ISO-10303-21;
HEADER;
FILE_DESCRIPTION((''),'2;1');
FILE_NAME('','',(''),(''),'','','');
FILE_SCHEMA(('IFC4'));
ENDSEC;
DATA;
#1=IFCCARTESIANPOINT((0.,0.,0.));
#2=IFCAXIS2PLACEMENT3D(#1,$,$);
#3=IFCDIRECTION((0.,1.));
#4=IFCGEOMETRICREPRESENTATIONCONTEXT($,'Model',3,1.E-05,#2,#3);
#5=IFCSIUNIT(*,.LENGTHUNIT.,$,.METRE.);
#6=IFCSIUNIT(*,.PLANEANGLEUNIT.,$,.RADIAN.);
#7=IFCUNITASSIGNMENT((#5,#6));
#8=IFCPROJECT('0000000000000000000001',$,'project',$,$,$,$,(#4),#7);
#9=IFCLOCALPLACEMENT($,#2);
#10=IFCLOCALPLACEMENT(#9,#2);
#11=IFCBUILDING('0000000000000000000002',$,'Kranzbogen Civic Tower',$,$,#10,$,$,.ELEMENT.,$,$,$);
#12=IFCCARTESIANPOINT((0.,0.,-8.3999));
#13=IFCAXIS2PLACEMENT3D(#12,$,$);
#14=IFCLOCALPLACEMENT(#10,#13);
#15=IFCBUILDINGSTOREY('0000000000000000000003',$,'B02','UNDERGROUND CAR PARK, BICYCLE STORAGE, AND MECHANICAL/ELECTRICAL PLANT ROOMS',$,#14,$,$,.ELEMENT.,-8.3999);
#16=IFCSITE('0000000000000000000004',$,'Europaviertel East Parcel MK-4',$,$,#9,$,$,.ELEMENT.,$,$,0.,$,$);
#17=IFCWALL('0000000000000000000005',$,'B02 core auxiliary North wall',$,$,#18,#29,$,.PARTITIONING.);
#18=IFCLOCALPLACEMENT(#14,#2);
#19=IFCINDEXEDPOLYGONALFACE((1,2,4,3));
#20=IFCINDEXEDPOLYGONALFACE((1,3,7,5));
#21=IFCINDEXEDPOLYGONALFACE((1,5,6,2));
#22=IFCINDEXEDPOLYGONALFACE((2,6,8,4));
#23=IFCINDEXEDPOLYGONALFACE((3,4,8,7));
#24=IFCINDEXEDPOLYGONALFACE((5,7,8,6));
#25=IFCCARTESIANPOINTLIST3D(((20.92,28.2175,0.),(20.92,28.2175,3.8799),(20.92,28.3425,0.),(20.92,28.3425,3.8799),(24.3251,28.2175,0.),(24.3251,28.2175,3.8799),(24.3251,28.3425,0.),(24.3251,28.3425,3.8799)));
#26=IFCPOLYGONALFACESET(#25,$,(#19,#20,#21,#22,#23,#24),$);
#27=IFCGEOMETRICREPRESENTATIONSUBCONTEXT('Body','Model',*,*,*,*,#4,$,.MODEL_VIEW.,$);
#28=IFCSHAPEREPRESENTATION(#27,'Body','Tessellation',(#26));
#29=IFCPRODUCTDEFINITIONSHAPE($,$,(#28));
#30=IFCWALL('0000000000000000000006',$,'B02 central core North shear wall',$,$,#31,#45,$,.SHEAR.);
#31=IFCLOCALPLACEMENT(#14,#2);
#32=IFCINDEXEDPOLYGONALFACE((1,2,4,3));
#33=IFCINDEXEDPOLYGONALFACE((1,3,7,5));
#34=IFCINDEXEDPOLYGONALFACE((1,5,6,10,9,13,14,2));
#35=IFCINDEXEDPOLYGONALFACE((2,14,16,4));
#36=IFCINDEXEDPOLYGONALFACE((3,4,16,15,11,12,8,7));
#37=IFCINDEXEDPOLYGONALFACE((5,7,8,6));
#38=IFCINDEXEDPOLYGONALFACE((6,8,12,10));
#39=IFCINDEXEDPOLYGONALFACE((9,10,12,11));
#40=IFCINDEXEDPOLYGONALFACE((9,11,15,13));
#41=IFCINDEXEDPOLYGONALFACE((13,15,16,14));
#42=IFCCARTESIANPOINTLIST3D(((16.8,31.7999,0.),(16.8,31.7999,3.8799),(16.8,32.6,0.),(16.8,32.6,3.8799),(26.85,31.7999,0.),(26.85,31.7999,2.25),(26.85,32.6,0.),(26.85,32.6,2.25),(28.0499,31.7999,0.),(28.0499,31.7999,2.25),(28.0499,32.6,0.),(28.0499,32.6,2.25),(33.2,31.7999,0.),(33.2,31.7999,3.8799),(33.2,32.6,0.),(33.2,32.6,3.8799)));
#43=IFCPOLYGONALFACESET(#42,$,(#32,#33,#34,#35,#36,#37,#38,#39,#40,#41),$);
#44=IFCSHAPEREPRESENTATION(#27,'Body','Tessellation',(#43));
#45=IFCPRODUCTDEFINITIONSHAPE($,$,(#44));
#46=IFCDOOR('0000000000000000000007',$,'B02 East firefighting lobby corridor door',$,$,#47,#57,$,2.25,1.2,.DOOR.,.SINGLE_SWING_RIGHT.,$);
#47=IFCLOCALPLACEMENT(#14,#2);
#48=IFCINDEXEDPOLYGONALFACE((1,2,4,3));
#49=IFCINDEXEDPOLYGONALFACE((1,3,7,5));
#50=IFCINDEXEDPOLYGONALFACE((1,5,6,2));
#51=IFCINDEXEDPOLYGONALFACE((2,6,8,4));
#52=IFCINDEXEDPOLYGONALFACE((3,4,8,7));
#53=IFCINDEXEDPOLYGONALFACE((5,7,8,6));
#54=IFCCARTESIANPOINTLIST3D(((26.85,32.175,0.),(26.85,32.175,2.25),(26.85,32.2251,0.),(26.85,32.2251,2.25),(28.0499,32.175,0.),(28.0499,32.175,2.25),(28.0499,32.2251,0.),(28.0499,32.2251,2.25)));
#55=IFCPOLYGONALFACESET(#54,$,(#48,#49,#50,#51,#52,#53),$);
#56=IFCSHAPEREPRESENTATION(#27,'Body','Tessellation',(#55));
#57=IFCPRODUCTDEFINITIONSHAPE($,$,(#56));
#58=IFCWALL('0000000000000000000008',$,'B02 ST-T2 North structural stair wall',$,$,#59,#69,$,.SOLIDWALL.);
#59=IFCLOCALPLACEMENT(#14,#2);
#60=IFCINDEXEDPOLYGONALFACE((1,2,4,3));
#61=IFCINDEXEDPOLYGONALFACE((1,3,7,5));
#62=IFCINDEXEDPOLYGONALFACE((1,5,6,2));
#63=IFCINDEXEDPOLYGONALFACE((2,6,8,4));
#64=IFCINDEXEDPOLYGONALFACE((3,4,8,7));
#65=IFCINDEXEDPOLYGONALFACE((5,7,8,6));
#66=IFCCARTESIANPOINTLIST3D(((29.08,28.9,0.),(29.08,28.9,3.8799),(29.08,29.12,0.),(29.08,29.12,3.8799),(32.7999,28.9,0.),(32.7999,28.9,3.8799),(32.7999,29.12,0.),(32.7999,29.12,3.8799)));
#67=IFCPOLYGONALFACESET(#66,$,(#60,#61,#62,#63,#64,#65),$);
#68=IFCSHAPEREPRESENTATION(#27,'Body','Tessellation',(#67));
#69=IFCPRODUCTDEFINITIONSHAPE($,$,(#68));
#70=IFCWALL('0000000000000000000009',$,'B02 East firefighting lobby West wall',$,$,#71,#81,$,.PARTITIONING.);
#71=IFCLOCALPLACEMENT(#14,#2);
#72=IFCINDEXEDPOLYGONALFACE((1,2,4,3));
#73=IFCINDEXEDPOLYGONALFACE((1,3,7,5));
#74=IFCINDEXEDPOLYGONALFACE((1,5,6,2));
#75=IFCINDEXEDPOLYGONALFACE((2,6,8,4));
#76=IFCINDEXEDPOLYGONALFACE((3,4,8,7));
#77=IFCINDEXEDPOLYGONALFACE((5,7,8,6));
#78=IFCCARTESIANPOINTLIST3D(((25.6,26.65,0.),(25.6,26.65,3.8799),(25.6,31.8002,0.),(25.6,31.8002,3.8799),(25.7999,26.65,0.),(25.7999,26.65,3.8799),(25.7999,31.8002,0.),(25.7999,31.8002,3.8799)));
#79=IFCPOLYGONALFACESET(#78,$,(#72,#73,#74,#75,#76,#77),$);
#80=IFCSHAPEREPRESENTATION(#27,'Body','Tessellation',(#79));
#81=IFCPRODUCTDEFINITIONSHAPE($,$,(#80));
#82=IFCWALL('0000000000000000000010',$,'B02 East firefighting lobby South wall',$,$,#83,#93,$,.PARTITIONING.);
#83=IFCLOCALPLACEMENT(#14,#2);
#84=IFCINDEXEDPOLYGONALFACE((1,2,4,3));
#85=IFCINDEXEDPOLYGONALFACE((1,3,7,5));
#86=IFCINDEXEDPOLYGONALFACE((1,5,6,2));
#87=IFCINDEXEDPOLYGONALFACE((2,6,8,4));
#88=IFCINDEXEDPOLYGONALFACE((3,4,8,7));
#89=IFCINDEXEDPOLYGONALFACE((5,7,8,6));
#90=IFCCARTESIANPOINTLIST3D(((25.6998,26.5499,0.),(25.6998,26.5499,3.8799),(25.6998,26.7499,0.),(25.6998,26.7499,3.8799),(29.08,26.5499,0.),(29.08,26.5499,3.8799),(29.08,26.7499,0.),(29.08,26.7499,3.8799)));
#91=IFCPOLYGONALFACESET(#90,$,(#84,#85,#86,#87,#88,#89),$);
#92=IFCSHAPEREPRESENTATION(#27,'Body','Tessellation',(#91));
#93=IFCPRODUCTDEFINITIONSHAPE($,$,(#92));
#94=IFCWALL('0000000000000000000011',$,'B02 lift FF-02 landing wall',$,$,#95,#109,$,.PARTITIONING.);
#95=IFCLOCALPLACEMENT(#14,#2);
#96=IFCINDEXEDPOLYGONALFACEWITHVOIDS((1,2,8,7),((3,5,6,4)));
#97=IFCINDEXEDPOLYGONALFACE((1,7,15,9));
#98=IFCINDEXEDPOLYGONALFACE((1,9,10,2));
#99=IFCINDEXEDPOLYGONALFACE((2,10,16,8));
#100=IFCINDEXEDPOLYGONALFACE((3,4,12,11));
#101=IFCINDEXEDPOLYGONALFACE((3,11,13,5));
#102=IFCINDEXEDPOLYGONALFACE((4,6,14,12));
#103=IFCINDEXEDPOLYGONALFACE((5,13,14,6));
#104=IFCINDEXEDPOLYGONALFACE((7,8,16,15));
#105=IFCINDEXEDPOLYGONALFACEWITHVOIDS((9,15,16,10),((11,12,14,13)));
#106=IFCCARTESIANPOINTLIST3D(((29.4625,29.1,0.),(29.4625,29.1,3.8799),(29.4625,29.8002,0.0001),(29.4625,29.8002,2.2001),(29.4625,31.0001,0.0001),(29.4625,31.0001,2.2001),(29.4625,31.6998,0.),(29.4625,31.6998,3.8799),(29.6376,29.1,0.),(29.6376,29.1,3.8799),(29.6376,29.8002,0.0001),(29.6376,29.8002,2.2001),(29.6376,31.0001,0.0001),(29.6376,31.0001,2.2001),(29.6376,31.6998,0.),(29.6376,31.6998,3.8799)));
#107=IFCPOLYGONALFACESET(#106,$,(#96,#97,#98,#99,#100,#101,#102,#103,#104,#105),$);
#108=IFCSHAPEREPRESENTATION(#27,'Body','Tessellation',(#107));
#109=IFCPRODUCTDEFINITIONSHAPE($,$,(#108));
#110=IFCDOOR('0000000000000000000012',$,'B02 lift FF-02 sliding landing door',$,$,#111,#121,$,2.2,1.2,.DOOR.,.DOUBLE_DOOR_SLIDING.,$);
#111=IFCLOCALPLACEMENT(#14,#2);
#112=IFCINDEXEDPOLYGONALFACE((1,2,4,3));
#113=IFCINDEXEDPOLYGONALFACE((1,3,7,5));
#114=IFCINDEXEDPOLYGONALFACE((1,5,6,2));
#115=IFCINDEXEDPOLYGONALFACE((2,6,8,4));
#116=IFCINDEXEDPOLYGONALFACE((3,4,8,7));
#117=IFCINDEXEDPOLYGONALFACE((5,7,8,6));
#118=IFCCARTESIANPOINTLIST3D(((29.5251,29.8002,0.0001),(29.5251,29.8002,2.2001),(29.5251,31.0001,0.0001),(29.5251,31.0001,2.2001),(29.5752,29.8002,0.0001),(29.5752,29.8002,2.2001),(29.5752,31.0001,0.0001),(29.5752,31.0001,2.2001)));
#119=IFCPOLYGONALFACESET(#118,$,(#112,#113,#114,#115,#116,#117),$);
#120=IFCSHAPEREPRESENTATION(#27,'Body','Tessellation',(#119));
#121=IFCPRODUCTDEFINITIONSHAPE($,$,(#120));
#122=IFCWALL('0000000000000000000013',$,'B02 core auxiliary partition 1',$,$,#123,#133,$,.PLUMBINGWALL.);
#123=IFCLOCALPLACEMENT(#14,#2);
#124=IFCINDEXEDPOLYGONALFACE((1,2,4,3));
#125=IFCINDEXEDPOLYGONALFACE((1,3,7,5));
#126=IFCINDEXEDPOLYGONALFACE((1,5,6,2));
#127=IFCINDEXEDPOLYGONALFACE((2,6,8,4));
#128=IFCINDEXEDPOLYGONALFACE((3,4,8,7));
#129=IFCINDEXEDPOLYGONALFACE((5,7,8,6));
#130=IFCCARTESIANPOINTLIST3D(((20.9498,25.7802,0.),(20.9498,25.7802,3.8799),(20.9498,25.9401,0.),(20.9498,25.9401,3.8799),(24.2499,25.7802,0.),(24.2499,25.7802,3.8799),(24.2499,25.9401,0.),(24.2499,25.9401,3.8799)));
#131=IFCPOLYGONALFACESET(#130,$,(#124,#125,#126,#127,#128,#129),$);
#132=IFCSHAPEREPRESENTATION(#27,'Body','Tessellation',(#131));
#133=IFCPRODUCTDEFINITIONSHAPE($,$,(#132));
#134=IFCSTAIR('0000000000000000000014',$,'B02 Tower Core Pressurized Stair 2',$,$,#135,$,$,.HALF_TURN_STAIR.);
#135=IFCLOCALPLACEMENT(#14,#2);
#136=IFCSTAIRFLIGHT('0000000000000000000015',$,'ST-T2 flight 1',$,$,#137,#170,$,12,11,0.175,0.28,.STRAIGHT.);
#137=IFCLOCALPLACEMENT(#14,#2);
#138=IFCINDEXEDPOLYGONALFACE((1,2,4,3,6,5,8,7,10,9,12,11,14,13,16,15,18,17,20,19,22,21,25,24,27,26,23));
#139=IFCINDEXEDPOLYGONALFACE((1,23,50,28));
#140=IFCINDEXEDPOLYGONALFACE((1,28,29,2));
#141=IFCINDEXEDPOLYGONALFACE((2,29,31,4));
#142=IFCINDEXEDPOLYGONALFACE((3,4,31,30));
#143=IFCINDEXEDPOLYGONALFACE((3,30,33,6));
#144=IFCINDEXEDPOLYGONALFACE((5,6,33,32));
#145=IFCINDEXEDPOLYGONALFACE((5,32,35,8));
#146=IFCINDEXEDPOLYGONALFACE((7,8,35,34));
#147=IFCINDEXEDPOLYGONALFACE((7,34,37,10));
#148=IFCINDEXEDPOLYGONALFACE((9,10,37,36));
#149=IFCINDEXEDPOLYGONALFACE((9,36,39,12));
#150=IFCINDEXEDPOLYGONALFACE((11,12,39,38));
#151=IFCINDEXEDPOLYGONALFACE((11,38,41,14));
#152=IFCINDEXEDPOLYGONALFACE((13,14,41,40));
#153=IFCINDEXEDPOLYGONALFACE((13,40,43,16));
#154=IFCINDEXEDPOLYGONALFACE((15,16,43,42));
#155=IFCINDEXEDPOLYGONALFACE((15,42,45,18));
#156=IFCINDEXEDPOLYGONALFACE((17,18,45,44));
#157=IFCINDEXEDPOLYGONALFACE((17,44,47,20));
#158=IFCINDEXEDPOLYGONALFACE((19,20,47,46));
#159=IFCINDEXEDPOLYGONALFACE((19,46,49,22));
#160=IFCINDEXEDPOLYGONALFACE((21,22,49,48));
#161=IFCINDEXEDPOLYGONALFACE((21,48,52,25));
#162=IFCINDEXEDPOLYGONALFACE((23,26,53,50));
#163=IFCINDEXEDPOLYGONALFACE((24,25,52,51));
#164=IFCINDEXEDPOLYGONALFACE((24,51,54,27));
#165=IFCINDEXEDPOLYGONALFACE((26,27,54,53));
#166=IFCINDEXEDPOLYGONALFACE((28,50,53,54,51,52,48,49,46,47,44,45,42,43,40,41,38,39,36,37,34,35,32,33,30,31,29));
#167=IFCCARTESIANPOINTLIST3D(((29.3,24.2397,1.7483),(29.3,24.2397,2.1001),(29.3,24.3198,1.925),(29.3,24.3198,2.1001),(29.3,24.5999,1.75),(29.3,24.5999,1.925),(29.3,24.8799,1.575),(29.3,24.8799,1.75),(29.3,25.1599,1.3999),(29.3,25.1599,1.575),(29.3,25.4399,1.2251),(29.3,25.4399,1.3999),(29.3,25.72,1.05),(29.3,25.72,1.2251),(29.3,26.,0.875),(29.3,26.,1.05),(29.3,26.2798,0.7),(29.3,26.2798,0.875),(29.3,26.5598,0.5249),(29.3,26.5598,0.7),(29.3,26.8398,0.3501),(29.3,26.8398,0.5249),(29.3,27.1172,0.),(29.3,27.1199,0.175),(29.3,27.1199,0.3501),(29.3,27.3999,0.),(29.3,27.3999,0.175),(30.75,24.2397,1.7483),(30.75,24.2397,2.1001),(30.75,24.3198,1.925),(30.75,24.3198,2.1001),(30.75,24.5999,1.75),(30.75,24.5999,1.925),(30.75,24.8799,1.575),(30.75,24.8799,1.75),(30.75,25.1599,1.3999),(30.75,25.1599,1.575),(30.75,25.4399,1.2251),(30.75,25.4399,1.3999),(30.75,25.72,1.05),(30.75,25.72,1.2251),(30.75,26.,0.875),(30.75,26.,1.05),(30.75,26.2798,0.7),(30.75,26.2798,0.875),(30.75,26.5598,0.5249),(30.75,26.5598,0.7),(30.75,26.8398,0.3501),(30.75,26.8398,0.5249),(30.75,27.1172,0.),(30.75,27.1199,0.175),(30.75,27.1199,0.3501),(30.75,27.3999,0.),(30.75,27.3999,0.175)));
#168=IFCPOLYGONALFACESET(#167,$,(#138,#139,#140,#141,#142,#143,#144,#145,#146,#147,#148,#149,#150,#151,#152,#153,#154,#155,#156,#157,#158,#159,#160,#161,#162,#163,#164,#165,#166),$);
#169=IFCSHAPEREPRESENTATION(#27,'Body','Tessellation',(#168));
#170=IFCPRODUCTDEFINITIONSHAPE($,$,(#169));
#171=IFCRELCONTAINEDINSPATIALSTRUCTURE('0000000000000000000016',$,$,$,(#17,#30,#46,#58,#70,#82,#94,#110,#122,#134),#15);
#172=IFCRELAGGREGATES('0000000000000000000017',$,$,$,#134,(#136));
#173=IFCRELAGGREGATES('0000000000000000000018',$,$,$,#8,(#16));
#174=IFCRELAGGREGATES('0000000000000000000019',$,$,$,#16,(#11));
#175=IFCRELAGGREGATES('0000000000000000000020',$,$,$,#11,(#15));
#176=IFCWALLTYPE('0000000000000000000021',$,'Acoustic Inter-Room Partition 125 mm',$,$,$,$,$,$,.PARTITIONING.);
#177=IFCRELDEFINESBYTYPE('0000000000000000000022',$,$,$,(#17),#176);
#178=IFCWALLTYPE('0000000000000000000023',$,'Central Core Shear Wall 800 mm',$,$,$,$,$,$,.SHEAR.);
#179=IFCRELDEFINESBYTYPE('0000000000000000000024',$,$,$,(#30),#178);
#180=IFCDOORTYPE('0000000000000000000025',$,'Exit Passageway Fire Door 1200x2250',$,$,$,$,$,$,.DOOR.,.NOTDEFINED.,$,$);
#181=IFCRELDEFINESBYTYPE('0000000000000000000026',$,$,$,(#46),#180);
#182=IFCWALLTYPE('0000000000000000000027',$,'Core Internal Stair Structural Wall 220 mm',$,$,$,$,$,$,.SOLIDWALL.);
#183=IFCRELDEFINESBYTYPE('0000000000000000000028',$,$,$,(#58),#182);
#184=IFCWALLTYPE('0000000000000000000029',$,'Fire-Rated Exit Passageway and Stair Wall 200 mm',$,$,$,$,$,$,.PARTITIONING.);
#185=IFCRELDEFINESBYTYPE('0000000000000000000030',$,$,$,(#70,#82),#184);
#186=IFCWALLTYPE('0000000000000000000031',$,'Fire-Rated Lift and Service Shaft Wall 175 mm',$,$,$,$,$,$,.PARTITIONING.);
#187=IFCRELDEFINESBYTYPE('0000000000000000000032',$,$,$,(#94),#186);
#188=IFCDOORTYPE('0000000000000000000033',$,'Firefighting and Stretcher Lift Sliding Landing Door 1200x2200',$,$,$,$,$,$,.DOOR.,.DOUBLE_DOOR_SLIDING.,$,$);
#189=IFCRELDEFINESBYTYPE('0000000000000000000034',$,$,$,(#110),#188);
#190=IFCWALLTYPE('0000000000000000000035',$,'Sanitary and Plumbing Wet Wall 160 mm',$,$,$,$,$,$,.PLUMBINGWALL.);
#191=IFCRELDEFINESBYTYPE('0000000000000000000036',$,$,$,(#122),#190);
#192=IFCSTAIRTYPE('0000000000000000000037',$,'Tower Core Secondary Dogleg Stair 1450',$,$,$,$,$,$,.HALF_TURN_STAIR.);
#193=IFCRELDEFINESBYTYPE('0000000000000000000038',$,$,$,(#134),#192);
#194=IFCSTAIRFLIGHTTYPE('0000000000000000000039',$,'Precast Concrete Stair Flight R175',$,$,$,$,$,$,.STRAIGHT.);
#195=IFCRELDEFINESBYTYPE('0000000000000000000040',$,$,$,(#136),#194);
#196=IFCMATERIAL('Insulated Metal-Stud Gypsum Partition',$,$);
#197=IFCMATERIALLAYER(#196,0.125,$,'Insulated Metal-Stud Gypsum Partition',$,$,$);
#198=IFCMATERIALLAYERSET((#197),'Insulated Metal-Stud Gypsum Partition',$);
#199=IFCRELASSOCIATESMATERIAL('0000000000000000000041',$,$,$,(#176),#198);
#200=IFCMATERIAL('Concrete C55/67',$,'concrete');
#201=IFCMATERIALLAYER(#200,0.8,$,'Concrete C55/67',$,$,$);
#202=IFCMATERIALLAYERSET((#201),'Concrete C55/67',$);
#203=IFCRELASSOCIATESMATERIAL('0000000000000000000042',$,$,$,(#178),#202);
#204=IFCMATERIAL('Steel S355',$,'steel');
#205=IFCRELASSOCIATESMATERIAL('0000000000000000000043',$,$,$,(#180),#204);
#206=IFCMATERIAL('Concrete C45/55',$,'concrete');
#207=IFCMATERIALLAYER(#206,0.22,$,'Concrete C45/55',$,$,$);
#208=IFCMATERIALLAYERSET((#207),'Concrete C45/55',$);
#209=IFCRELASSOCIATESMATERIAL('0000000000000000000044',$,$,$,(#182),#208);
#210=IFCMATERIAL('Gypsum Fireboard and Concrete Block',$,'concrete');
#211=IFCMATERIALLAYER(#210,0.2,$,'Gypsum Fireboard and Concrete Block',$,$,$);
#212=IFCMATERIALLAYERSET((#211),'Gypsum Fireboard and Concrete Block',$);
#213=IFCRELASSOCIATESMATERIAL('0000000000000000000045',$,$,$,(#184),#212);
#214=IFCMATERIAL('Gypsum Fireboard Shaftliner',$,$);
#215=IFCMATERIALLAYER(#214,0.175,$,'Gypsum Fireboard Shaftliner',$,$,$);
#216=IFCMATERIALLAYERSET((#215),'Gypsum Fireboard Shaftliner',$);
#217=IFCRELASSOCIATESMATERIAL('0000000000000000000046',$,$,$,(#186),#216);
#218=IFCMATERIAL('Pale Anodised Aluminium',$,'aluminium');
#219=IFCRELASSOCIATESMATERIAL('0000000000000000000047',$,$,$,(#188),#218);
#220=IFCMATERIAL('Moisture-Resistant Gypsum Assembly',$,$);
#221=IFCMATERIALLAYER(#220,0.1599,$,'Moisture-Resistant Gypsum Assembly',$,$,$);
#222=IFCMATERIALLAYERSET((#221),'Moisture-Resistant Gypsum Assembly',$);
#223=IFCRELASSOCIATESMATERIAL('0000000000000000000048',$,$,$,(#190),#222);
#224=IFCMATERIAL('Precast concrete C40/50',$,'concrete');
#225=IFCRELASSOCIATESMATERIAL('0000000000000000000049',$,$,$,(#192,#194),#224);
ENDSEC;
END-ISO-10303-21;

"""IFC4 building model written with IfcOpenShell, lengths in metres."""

from ifc_helpers import new_model, si_unit, direction, frame, frame_2d, origin, place, context, subcontext, project, spatial, polyline, rectangle, outline, extrude, material, layer, layer_set, type_object, element, fill, aggregate, save


model = new_model("IFC4")

# Units and contexts
model_context = context("Model", 3, precision=1e-05, world=origin(), true_north=direction((0.0, 1.0)))
body_context = subcontext(model_context, "Body", "Model", "MODEL_VIEW")
ifc_project = project(units=[si_unit("LENGTHUNIT", "METRE"), si_unit("PLANEANGLEUNIT", "RADIAN")], contexts=[model_context])

# Site, building, storey
site_placement = place(None, origin())
site = spatial("IfcSite", under=ifc_project, at=site_placement, Name="Europaviertel East Parcel MK-4", CompositionType="ELEMENT", RefElevation=0.0)
building_placement = place(site_placement, origin())
building = spatial("IfcBuilding", under=site, at=building_placement, Name="Kranzbogen Civic Tower", CompositionType="ELEMENT")
storey_placement = place(building_placement, frame((0.0, 0.0, -8.3999)))
storey = spatial("IfcBuildingStorey", under=building, at=storey_placement, Name="B02", Description="UNDERGROUND CAR PARK, BICYCLE STORAGE, AND MECHANICAL/ELECTRICAL PLANT ROOMS", CompositionType="ELEMENT", Elevation=-8.3999)

# Shared definitions
ifc_material_1 = material(Name="Concrete C45/55", Category="concrete")

# Shared definitions
ifc_material_2 = material(Name="Concrete C55/67", Category="concrete")

# Shared definitions
ifc_material_3 = material(Name="Steel S355", Category="steel")

# Wall
ifc_material_4 = material(Name="Insulated Metal-Stud Gypsum Partition")
ifc_layer_1 = layer(ifc_material_4, 0.125, Name="Insulated Metal-Stud Gypsum Partition")
ifc_layer_set_1 = layer_set([ifc_layer_1], Name="Insulated Metal-Stud Gypsum Partition")
wall_type_1 = type_object("IfcWallType", Name="Acoustic Inter-Room Partition 125 mm", PredefinedType="PARTITIONING", material=ifc_layer_set_1)
wall_1_placement = place(storey_placement, frame((20.9199, 28.28, 0.0), z_axis=(0.0, 0.0, 1.0), x_axis=(1.0, 0.0, 0.0)))
element("IfcWall", 1, at=wall_1_placement, inside=storey, type_object=wall_type_1, Name="B02 core auxiliary North wall", PredefinedType="PARTITIONING", context=body_context, shape_type="SweptSolid", body=[
    extrude(rectangle(XDim=3.405, YDim=0.125, at=frame_2d((1.7026, 0.0))), origin(), (0.0, 0.0, 1.0), 3.8799),
])

# Wall, opening, door
ifc_layer_2 = layer(ifc_material_2, 0.8, Name="Concrete C55/67")
ifc_layer_set_2 = layer_set([ifc_layer_2], Name="Concrete C55/67")
wall_type_2 = type_object("IfcWallType", Name="Central Core Shear Wall 800 mm", PredefinedType="SHEAR", material=ifc_layer_set_2)
wall_2_placement = place(storey_placement, frame((33.2, 32.2, 0.0), z_axis=(0.0, 0.0, 1.0), x_axis=(-1.0, 0.0, 0.0)))
wall_2 = element("IfcWall", 2, at=wall_2_placement, inside=storey, type_object=wall_type_2, Name="B02 central core North shear wall", PredefinedType="SHEAR", context=body_context, shape_type="SweptSolid", body=[
    extrude(rectangle(XDim=16.3999, YDim=0.8, at=frame_2d((8.2, 0.0))), origin(), (0.0, 0.0, 1.0), 3.8799),
])
opening_1_placement = place(wall_2_placement, frame((5.1499, 0.0, 0.0)))
opening_1 = element("IfcOpeningElement", 3, at=opening_1_placement, cuts=wall_2, PredefinedType="OPENING", context=body_context, shape_type="SweptSolid", body=[
    extrude(rectangle(XDim=1.2, YDim=2.25, at=frame_2d((0.6001, 1.125))), frame((0.0, 0.4102, 0.0), z_axis=(0.0, -1.0, 0.0), x_axis=(1.0, 0.0, 0.0)), (0.0, 0.0, 1.0), 0.8201),
])
door_type_1 = type_object("IfcDoorType", Name="Exit Passageway Fire Door 1200x2250", OperationType="NOTDEFINED", PredefinedType="DOOR", material=ifc_material_3)
door_1_placement = place(opening_1_placement, origin())
door_1 = element("IfcDoor", 4, at=door_1_placement, inside=storey, type_object=door_type_1, Name="B02 East firefighting lobby corridor door", OperationType="SINGLE_SWING_RIGHT", OverallHeight=2.25, OverallWidth=1.2, PredefinedType="DOOR", context=body_context, shape_type="SweptSolid", body=[
    extrude(rectangle(XDim=1.2, YDim=2.25, at=frame_2d((0.6001, 1.125))), frame((0.0, 0.0249, 0.0), z_axis=(0.0, -1.0, 0.0), x_axis=(1.0, 0.0, 0.0)), (0.0, 0.0, 1.0), 0.05),
])
fill(opening_1, door_1)

# Walls
ifc_layer_3 = layer(ifc_material_1, 0.22, Name="Concrete C45/55")
ifc_layer_set_3 = layer_set([ifc_layer_3], Name="Concrete C45/55")
wall_type_3 = type_object("IfcWallType", Name="Core Internal Stair Structural Wall 220 mm", PredefinedType="SOLIDWALL", material=ifc_layer_set_3)
wall_3_placement = place(storey_placement, frame((29.0801, 29.01, 0.0), z_axis=(0.0, 0.0, 1.0), x_axis=(1.0, 0.0, 0.0)))
element("IfcWall", 5, at=wall_3_placement, inside=storey, type_object=wall_type_3, Name="B02 ST-T2 North structural stair wall", PredefinedType="SOLIDWALL", context=body_context, shape_type="SweptSolid", body=[
    extrude(rectangle(XDim=3.72, YDim=0.22, at=frame_2d((1.8599, 0.0))), origin(), (0.0, 0.0, 1.0), 3.8799),
])
ifc_material_5 = material(Name="Gypsum Fireboard and Concrete Block", Category="concrete")
ifc_layer_4 = layer(ifc_material_5, 0.2, Name="Gypsum Fireboard and Concrete Block")
ifc_layer_set_4 = layer_set([ifc_layer_4], Name="Gypsum Fireboard and Concrete Block")
wall_type_4 = type_object("IfcWallType", Name="Fire-Rated Exit Passageway and Stair Wall 200 mm", PredefinedType="PARTITIONING", material=ifc_layer_set_4)
wall_4_placement = place(storey_placement, frame((25.7, 26.6499, 0.0), z_axis=(0.0, 0.0, 1.0), x_axis=(0.0, 1.0, 0.0)))
element("IfcWall", 6, at=wall_4_placement, inside=storey, type_object=wall_type_4, Name="B02 East firefighting lobby West wall", PredefinedType="PARTITIONING", context=body_context, shape_type="SweptSolid", body=[
    extrude(rectangle(XDim=5.1501, YDim=0.2, at=frame_2d((2.5752, 0.0))), origin(), (0.0, 0.0, 1.0), 3.8799),
])
wall_5_placement = place(storey_placement, frame((25.7, 26.6499, 0.0), z_axis=(0.0, 0.0, 1.0), x_axis=(1.0, 0.0, 0.0)))
element("IfcWall", 7, at=wall_5_placement, inside=storey, type_object=wall_type_4, Name="B02 East firefighting lobby South wall", PredefinedType="PARTITIONING", context=body_context, shape_type="SweptSolid", body=[
    extrude(rectangle(XDim=3.3801, YDim=0.2, at=frame_2d((1.6899, 0.0))), origin(), (0.0, 0.0, 1.0), 3.8799),
])

# Wall, opening, door
ifc_material_6 = material(Name="Gypsum Fireboard Shaftliner")
ifc_layer_5 = layer(ifc_material_6, 0.175, Name="Gypsum Fireboard Shaftliner")
ifc_layer_set_5 = layer_set([ifc_layer_5], Name="Gypsum Fireboard Shaftliner")
wall_type_5 = type_object("IfcWallType", Name="Fire-Rated Lift and Service Shaft Wall 175 mm", PredefinedType="PARTITIONING", material=ifc_layer_set_5)
wall_6_placement = place(storey_placement, frame((29.55, 29.1001, 0.0), z_axis=(0.0, 0.0, 1.0), x_axis=(0.0, 1.0, 0.0)))
wall_6 = element("IfcWall", 8, at=wall_6_placement, inside=storey, type_object=wall_type_5, Name="B02 lift FF-02 landing wall", PredefinedType="PARTITIONING", context=body_context, shape_type="SweptSolid", body=[
    extrude(rectangle(XDim=2.5999, YDim=0.175, at=frame_2d((1.2998, 0.0))), origin(), (0.0, 0.0, 1.0), 3.8799),
])
opening_2_placement = place(wall_6_placement, frame((0.7, 0.0, 0.0)))
opening_2 = element("IfcOpeningElement", 9, at=opening_2_placement, cuts=wall_6, PredefinedType="OPENING", context=body_context, shape_type="SweptSolid", body=[
    extrude(rectangle(XDim=1.2, YDim=2.2, at=frame_2d((0.6001, 1.1001))), frame((0.0, 0.0977, 0.0), z_axis=(0.0, -1.0, 0.0), x_axis=(1.0, 0.0, 0.0)), (0.0, 0.0, 1.0), 0.1951),
])
ifc_material_7 = material(Name="Pale Anodised Aluminium", Category="aluminium")
door_type_2 = type_object("IfcDoorType", Name="Firefighting and Stretcher Lift Sliding Landing Door 1200x2200", OperationType="DOUBLE_DOOR_SLIDING", PredefinedType="DOOR", material=ifc_material_7)
door_2_placement = place(opening_2_placement, origin())
door_2 = element("IfcDoor", 10, at=door_2_placement, inside=storey, type_object=door_type_2, Name="B02 lift FF-02 sliding landing door", OperationType="DOUBLE_DOOR_SLIDING", OverallHeight=2.2, OverallWidth=1.2, PredefinedType="DOOR", context=body_context, shape_type="SweptSolid", body=[
    extrude(rectangle(XDim=1.2, YDim=2.2, at=frame_2d((0.6001, 1.1001))), frame((0.0, 0.0249, 0.0), z_axis=(0.0, -1.0, 0.0), x_axis=(1.0, 0.0, 0.0)), (0.0, 0.0, 1.0), 0.05),
])
fill(opening_2, door_2)

# Wall
ifc_material_8 = material(Name="Moisture-Resistant Gypsum Assembly")
ifc_layer_6 = layer(ifc_material_8, 0.1599, Name="Moisture-Resistant Gypsum Assembly")
ifc_layer_set_6 = layer_set([ifc_layer_6], Name="Moisture-Resistant Gypsum Assembly")
wall_type_6 = type_object("IfcWallType", Name="Sanitary and Plumbing Wet Wall 160 mm", PredefinedType="PLUMBINGWALL", material=ifc_layer_set_6)
wall_7_placement = place(storey_placement, frame((20.95, 25.8601, 0.0), z_axis=(0.0, 0.0, 1.0), x_axis=(1.0, 0.0, 0.0)))
element("IfcWall", 11, at=wall_7_placement, inside=storey, type_object=wall_type_6, Name="B02 core auxiliary partition 1", PredefinedType="PLUMBINGWALL", context=body_context, shape_type="SweptSolid", body=[
    extrude(rectangle(XDim=3.3, YDim=0.1599, at=frame_2d((1.6499, 0.0))), origin(), (0.0, 0.0, 1.0), 3.8799),
])

# Stair, stair flight
ifc_material_9 = material(Name="Precast concrete C40/50", Category="concrete")
stair_type = type_object("IfcStairType", Name="Tower Core Secondary Dogleg Stair 1450", PredefinedType="HALF_TURN_STAIR", material=ifc_material_9)
stair_placement = place(storey_placement, origin())
stair = element("IfcStair", 12, at=stair_placement, inside=storey, type_object=stair_type, Name="B02 Tower Core Pressurized Stair 2", PredefinedType="HALF_TURN_STAIR")
stair_flight_type = type_object("IfcStairFlightType", Name="Precast Concrete Stair Flight R175", PredefinedType="STRAIGHT", material=ifc_material_9)
stair_flight_placement = place(storey_placement, frame((30.0249, 27.3999, 0.0), z_axis=(0.0, 0.0, 1.0), x_axis=(0.0, -1.0, 0.0)))
stair_flight = element("IfcStairFlight", 13, at=stair_flight_placement, type_object=stair_flight_type, Name="ST-T2 flight 1", NumberOfRisers=12, NumberOfTreads=11, PredefinedType="STRAIGHT", RiserHeight=0.175, TreadLength=0.28, context=body_context, shape_type="SweptSolid", body=[
    extrude(outline(polyline([(0.0, 0.0), (0.0, 0.175), (0.28, 0.175), (0.28, 0.3501), (0.5601, 0.3501), (0.5601, 0.5249), (0.8401, 0.5249), (0.8401, 0.7), (1.1201, 0.7), (1.1201, 0.875), (1.3999, 0.875), (1.3999, 1.05), (1.6799, 1.05), (1.6799, 1.2251), (1.96, 1.2251), (1.96, 1.3999), (2.24, 1.3999), (2.24, 1.575), (2.52, 1.575), (2.52, 1.75), (2.8, 1.75), (2.8, 1.925), (3.0801, 1.925), (3.0801, 2.1001), (3.1602, 2.1001), (3.1602, 1.7483), (0.2827, 0.0), (0.0, 0.0)])), frame((0.0, 0.7251, 0.0), z_axis=(0.0, -1.0, 0.0), x_axis=(1.0, 0.0, 0.0)), (0.0, 0.0, 1.0), 1.45),
])
aggregate(stair, [stair_flight])

save(model, "model.ifc")
